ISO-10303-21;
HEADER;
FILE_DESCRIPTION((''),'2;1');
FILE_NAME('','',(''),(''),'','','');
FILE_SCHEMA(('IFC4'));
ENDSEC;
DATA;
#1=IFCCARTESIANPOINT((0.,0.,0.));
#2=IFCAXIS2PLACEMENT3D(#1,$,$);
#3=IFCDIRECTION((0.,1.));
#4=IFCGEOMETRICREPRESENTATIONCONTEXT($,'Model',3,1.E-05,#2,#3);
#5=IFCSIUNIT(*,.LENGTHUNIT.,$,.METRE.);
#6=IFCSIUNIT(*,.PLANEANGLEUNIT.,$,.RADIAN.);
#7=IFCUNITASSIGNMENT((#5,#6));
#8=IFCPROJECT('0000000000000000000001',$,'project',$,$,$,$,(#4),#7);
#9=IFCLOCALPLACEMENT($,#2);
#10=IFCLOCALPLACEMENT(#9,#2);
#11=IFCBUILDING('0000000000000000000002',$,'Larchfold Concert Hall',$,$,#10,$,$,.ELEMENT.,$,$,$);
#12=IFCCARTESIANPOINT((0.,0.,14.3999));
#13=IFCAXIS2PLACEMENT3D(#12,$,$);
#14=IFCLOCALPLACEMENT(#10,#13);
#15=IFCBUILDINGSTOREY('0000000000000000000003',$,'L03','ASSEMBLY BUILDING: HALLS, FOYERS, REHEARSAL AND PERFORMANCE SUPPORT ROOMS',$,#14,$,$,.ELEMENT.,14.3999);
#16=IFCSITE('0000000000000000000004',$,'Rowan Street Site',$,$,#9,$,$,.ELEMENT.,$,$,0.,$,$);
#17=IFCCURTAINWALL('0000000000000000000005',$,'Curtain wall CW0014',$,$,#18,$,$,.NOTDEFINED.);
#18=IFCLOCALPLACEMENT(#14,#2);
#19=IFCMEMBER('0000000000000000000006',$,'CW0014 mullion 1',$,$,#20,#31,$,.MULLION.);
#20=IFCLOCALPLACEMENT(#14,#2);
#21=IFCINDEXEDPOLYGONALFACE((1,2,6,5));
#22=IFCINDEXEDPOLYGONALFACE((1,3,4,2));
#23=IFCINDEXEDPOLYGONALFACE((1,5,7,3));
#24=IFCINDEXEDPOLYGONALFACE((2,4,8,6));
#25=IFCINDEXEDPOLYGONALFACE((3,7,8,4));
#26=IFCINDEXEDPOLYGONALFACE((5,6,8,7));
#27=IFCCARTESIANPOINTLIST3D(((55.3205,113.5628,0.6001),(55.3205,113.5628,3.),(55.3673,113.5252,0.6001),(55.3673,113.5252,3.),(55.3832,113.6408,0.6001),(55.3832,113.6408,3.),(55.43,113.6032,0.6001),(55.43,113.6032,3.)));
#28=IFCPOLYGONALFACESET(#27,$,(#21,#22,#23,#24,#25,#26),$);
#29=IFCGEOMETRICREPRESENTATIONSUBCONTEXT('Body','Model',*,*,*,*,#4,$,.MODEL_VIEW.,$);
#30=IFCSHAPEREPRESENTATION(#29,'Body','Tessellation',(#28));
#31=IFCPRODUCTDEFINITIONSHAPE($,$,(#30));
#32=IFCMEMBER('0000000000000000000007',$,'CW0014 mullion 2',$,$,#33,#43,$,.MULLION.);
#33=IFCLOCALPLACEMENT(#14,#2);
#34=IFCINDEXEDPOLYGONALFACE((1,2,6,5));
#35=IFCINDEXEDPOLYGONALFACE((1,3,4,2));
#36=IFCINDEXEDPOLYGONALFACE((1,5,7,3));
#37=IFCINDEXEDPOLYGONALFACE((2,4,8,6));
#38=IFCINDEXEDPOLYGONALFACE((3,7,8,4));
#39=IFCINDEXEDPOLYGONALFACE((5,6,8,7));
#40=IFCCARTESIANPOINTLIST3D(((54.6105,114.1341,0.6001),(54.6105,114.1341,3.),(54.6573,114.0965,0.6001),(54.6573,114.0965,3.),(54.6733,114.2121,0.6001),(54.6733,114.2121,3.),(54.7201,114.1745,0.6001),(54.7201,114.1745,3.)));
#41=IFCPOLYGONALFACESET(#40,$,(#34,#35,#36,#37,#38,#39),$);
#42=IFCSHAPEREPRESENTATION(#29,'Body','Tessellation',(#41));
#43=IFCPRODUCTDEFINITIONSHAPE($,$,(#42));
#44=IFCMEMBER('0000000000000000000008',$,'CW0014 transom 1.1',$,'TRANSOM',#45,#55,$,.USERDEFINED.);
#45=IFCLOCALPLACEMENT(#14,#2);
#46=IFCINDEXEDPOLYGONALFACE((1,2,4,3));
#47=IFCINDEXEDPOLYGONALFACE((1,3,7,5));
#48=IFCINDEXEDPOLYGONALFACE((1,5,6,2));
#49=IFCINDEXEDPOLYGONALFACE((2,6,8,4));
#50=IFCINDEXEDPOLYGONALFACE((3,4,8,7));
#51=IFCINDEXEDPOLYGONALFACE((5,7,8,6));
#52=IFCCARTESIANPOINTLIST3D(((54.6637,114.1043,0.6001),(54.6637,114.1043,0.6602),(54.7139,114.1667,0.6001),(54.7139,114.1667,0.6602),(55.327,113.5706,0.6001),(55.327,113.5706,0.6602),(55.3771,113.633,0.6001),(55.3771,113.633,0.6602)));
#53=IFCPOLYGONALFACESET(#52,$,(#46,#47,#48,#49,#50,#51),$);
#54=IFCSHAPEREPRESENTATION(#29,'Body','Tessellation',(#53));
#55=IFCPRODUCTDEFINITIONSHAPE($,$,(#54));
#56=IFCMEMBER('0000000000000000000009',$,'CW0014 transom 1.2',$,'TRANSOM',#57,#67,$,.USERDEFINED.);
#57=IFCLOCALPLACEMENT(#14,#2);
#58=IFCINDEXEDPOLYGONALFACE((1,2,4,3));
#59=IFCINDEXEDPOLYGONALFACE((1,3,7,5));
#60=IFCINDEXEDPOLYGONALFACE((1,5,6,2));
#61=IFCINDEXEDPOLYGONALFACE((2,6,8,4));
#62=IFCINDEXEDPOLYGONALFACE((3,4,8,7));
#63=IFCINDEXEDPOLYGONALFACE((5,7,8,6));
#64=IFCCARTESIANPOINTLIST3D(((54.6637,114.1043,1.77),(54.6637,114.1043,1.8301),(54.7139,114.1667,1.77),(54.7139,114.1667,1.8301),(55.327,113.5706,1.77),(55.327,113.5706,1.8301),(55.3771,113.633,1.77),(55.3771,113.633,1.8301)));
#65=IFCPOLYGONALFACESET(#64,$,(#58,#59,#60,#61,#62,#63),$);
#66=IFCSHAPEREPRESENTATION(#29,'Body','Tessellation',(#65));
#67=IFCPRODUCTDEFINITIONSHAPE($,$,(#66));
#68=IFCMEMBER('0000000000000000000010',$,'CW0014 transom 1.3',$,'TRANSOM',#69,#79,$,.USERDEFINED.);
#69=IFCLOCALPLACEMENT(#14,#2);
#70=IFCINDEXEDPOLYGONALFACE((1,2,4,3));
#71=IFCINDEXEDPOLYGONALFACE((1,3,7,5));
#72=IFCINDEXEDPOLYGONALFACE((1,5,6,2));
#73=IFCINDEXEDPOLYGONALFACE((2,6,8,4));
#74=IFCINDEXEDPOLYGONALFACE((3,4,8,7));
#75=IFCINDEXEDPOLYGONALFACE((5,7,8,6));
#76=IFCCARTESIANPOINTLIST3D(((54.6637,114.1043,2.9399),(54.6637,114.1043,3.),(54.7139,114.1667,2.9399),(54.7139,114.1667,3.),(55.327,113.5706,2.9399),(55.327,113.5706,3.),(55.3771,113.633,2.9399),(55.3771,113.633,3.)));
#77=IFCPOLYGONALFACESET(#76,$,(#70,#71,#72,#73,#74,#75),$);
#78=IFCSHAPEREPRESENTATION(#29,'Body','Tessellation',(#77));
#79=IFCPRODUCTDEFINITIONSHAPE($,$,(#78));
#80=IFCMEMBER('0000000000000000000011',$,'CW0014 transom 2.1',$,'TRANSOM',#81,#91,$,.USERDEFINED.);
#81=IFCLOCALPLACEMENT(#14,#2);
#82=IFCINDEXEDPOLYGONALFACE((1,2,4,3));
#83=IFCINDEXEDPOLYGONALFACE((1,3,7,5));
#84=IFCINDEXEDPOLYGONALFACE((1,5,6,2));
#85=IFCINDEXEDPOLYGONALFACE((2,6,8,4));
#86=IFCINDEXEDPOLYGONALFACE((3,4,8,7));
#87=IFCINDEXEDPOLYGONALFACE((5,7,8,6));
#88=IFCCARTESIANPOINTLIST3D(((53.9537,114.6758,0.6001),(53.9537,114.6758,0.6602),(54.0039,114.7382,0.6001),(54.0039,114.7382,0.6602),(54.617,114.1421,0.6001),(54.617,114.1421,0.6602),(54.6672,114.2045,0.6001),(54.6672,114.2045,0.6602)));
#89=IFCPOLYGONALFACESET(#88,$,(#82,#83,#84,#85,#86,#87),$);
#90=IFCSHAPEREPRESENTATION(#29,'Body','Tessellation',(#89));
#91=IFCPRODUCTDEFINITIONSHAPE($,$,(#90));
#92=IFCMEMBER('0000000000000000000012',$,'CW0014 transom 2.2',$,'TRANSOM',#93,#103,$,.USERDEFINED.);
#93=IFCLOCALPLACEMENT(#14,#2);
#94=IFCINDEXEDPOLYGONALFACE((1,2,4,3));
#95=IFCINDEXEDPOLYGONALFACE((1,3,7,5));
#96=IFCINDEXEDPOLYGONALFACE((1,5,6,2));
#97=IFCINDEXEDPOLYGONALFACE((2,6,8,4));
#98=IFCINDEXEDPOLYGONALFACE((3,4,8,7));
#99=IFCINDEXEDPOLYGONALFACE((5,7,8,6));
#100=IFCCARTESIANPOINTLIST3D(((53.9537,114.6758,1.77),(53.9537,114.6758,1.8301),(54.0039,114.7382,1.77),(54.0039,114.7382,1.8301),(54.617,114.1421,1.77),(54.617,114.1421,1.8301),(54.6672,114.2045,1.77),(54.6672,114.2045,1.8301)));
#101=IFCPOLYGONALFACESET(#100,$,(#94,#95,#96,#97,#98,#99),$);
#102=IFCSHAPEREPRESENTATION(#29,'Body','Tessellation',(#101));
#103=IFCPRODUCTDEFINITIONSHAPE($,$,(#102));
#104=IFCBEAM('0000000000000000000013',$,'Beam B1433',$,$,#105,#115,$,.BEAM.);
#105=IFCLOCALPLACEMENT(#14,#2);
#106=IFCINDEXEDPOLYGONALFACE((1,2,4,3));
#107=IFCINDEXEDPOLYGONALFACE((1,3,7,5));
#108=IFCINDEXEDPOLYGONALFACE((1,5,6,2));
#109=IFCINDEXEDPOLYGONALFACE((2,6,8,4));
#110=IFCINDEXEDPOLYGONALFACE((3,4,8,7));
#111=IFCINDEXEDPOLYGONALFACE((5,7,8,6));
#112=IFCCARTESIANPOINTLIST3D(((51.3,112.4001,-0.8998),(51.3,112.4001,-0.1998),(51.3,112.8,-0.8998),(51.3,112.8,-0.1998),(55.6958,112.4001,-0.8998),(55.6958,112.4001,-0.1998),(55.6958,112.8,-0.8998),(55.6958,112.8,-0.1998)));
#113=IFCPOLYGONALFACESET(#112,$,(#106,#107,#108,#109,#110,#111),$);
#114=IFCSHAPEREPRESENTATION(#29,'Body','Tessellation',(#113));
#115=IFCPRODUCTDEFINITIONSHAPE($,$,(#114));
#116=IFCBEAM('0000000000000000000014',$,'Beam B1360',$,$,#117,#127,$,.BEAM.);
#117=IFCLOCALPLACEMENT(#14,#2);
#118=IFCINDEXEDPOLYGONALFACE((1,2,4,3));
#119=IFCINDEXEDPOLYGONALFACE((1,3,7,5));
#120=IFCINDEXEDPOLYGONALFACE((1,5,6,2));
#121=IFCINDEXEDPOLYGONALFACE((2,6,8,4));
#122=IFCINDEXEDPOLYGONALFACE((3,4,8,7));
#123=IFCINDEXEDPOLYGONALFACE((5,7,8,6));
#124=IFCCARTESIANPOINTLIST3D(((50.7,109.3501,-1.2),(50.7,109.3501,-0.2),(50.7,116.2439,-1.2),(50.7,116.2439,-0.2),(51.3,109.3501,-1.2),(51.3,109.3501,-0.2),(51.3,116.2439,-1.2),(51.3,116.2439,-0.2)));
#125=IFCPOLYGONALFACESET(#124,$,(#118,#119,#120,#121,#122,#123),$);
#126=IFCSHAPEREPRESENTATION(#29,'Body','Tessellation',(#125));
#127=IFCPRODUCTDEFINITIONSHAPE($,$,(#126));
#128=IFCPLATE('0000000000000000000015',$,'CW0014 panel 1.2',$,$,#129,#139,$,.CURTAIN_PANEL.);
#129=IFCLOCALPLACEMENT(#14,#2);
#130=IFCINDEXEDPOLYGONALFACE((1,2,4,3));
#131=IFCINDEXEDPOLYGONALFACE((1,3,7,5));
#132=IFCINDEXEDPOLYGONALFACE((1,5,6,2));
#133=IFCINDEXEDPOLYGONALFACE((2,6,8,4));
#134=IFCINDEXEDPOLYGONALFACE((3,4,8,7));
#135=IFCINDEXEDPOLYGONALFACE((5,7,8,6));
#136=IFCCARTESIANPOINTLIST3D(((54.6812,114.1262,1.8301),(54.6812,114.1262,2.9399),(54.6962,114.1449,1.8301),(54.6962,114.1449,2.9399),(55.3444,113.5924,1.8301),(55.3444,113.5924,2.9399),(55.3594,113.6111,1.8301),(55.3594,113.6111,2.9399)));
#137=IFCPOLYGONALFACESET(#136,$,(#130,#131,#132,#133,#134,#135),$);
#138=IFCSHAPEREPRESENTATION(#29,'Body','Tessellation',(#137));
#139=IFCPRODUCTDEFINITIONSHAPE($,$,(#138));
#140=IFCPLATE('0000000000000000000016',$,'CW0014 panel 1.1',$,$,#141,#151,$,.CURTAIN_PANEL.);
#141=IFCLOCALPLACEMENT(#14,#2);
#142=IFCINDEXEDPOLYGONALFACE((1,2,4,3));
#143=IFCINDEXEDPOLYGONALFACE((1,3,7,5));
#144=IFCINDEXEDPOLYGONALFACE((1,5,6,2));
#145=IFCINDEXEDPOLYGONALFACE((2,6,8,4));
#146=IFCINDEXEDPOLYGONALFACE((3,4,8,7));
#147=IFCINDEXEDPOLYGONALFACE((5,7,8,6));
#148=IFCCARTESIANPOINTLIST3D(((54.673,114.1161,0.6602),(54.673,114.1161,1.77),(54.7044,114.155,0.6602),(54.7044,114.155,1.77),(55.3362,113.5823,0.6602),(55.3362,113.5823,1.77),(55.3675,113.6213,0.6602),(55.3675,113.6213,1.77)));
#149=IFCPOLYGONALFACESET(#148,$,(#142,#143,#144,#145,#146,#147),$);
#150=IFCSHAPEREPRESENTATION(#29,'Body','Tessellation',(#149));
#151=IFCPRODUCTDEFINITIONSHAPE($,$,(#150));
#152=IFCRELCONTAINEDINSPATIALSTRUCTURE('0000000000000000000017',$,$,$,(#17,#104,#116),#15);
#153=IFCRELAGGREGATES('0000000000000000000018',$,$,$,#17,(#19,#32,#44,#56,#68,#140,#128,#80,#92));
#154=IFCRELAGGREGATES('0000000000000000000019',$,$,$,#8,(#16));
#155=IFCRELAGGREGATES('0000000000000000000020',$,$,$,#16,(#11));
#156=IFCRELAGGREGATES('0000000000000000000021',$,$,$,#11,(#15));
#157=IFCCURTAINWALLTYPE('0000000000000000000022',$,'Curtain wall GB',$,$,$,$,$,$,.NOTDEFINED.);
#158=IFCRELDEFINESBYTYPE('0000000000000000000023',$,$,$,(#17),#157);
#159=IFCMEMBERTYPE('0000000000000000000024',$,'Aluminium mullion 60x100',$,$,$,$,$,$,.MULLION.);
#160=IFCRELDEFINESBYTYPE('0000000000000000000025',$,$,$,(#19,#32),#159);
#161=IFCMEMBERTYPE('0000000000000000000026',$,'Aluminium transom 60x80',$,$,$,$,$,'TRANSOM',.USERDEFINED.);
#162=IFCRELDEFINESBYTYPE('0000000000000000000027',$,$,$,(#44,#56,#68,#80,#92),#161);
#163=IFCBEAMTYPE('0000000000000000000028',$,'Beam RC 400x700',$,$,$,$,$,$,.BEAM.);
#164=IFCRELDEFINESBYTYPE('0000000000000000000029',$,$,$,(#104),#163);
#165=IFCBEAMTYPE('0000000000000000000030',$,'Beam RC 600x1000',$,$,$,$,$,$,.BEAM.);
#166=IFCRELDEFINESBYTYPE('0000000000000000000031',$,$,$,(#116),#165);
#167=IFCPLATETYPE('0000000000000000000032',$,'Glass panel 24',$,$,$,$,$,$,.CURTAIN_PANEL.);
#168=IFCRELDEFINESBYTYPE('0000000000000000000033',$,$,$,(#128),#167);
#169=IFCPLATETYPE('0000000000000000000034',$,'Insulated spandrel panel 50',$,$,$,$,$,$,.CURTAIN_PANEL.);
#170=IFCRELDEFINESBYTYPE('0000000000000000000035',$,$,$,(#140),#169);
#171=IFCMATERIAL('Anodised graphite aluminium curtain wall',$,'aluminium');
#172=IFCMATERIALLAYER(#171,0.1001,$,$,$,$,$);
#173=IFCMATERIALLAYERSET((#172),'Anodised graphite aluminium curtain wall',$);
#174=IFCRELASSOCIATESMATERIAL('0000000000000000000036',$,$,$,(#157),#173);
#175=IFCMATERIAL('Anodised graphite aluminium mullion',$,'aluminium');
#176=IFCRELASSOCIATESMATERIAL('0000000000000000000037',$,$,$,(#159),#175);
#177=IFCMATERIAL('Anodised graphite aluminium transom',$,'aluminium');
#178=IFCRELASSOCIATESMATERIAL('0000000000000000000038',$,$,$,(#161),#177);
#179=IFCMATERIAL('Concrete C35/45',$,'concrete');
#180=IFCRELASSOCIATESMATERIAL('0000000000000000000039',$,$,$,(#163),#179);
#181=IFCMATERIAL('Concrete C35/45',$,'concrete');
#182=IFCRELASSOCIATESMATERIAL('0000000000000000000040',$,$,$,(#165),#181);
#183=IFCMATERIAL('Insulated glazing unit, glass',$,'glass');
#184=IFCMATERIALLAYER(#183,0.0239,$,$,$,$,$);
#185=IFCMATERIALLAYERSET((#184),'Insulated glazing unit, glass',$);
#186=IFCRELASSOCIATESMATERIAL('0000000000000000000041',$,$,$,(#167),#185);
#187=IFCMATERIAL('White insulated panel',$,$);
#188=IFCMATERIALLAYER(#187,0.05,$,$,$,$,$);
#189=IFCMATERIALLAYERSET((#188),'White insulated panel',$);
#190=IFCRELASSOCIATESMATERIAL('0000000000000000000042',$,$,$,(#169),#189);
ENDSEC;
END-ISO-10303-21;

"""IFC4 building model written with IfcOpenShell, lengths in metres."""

from ifc_helpers import new_model, si_unit, direction, frame, origin, origin_2d, place, context, subcontext, project, spatial, rectangle, extrude, material, layer, layer_set, material_profile, profile_set, type_object, element, aggregate, save


model = new_model("IFC4")

# Units and contexts
model_context = context("Model", 3, precision=1e-05, world=origin(), true_north=direction((0.0, 1.0)))
body_context = subcontext(model_context, "Body", "Model", "MODEL_VIEW")
ifc_project = project(units=[si_unit("LENGTHUNIT", "METRE"), si_unit("PLANEANGLEUNIT", "RADIAN")], contexts=[model_context])

# Site, building, storey
site_placement = place(None, origin())
site = spatial("IfcSite", under=ifc_project, at=site_placement, Name="Rowan Street Site", CompositionType="ELEMENT", RefElevation=0.0)
building_placement = place(site_placement, origin())
building = spatial("IfcBuilding", under=site, at=building_placement, Name="Larchfold Concert Hall", CompositionType="ELEMENT")
storey_placement = place(building_placement, frame((0.0, 0.0, 14.3999)))
storey = spatial("IfcBuildingStorey", under=building, at=storey_placement, Name="L03", Description="ASSEMBLY BUILDING: HALLS, FOYERS, REHEARSAL AND PERFORMANCE SUPPORT ROOMS", CompositionType="ELEMENT", Elevation=14.3999)

# Curtain wall, members
ifc_material_1 = material(Name="Anodised graphite aluminium curtain wall", Category="aluminium")
ifc_layer_1 = layer(ifc_material_1, 0.1001)
ifc_layer_set_1 = layer_set([ifc_layer_1], Name="Anodised graphite aluminium curtain wall")
curtain_wall_type = type_object("IfcCurtainWallType", Name="Curtain wall GB", PredefinedType="NOTDEFINED", material=ifc_layer_set_1)
curtain_wall_placement = place(storey_placement, origin())
curtain_wall = element("IfcCurtainWall", 1, at=curtain_wall_placement, inside=storey, type_object=curtain_wall_type, Name="Curtain wall CW0014", PredefinedType="NOTDEFINED")
ifc_material_2 = material(Name="Anodised graphite aluminium mullion", Category="aluminium")
ifc_material_profile_1 = material_profile(ifc_material_2, rectangle(XDim=0.1001, YDim=0.0601, at=origin_2d()))
ifc_profile_set_1 = profile_set([ifc_material_profile_1], Name="Anodised graphite aluminium mullion")
member_type_1 = type_object("IfcMemberType", Name="Aluminium mullion 60x100", PredefinedType="MULLION", material=ifc_profile_set_1)
member_1_placement = place(storey_placement, frame((55.3752, 113.583, 0.6001), z_axis=(0.0, 0.0, 1.0), x_axis=(-0.627017, -0.779006, 0.0)))
member_1 = element("IfcMember", 2, at=member_1_placement, type_object=member_type_1, Name="CW0014 mullion 1", PredefinedType="MULLION", context=body_context, shape_type="SweptSolid", body=[
    extrude(rectangle(XDim=0.1001, YDim=0.0601, at=origin_2d()), origin(), (0.0, 0.0, 1.0), 2.3999),
])
member_2_placement = place(storey_placement, frame((54.6653, 114.1543, 0.6001), z_axis=(0.0, 0.0, 1.0), x_axis=(-0.627017, -0.779006, 0.0)))
member_2 = element("IfcMember", 3, at=member_2_placement, type_object=member_type_1, Name="CW0014 mullion 2", PredefinedType="MULLION", context=body_context, shape_type="SweptSolid", body=[
    extrude(rectangle(XDim=0.1001, YDim=0.0601, at=origin_2d()), origin(), (0.0, 0.0, 1.0), 2.3999),
])
ifc_material_3 = material(Name="Anodised graphite aluminium transom", Category="aluminium")
ifc_material_profile_2 = material_profile(ifc_material_3, rectangle(XDim=0.0801, YDim=0.0601, at=origin_2d()))
ifc_profile_set_2 = profile_set([ifc_material_profile_2], Name="Anodised graphite aluminium transom")
member_type_2 = type_object("IfcMemberType", Name="Aluminium transom 60x80", ElementType="TRANSOM", PredefinedType="USERDEFINED", material=ifc_profile_set_2)
member_3_placement = place(storey_placement, frame((55.3521, 113.6018, 0.6301), z_axis=(-0.779131, 0.626861, 0.0), x_axis=(-0.626861, -0.779131, 0.0)))
member_3 = element("IfcMember", 4, at=member_3_placement, type_object=member_type_2, Name="CW0014 transom 1.1", ObjectType="TRANSOM", PredefinedType="USERDEFINED", context=body_context, shape_type="SweptSolid", body=[
    extrude(rectangle(XDim=0.0801, YDim=0.0601, at=origin_2d()), origin(), (0.0, 0.0, 1.0), 0.8513),
])
member_4_placement = place(storey_placement, frame((55.3521, 113.6018, 1.8), z_axis=(-0.779131, 0.626861, 0.0), x_axis=(-0.626861, -0.779131, 0.0)))
member_4 = element("IfcMember", 5, at=member_4_placement, type_object=member_type_2, Name="CW0014 transom 1.2", ObjectType="TRANSOM", PredefinedType="USERDEFINED", context=body_context, shape_type="SweptSolid", body=[
    extrude(rectangle(XDim=0.0801, YDim=0.0601, at=origin_2d()), origin(), (0.0, 0.0, 1.0), 0.8513),
])
member_5_placement = place(storey_placement, frame((55.3521, 113.6018, 2.97), z_axis=(-0.779131, 0.626861, 0.0), x_axis=(-0.626861, -0.779131, 0.0)))
member_5 = element("IfcMember", 6, at=member_5_placement, type_object=member_type_2, Name="CW0014 transom 1.3", ObjectType="TRANSOM", PredefinedType="USERDEFINED", context=body_context, shape_type="SweptSolid", body=[
    extrude(rectangle(XDim=0.0801, YDim=0.0601, at=origin_2d()), origin(), (0.0, 0.0, 1.0), 0.8513),
])
member_6_placement = place(storey_placement, frame((54.6421, 114.1733, 0.6301), z_axis=(-0.779131, 0.626861, 0.0), x_axis=(-0.626861, -0.779131, 0.0)))
member_6 = element("IfcMember", 7, at=member_6_placement, type_object=member_type_2, Name="CW0014 transom 2.1", ObjectType="TRANSOM", PredefinedType="USERDEFINED", context=body_context, shape_type="SweptSolid", body=[
    extrude(rectangle(XDim=0.0801, YDim=0.0601, at=origin_2d()), origin(), (0.0, 0.0, 1.0), 0.8513),
])
member_7_placement = place(storey_placement, frame((54.6421, 114.1733, 1.8), z_axis=(-0.779131, 0.626861, 0.0), x_axis=(-0.626861, -0.779131, 0.0)))
member_7 = element("IfcMember", 8, at=member_7_placement, type_object=member_type_2, Name="CW0014 transom 2.2", ObjectType="TRANSOM", PredefinedType="USERDEFINED", context=body_context, shape_type="SweptSolid", body=[
    extrude(rectangle(XDim=0.0801, YDim=0.0601, at=origin_2d()), origin(), (0.0, 0.0, 1.0), 0.8513),
])

# Beams
ifc_material_4 = material(Name="Concrete C35/45", Category="concrete")
ifc_material_profile_3 = material_profile(ifc_material_4, rectangle(XDim=0.3999, YDim=0.7, at=origin_2d()))
ifc_profile_set_3 = profile_set([ifc_material_profile_3], Name="Concrete C35/45")
beam_type_1 = type_object("IfcBeamType", Name="Beam RC 400x700", PredefinedType="BEAM", material=ifc_profile_set_3)
beam_1_placement = place(storey_placement, frame((51.3, 112.6001, -0.5498), z_axis=(1.0, 0.0, 0.0), x_axis=(0.0, 1.0, 0.0)))
element("IfcBeam", 9, at=beam_1_placement, inside=storey, type_object=beam_type_1, Name="Beam B1433", PredefinedType="BEAM", context=body_context, shape_type="SweptSolid", body=[
    extrude(rectangle(XDim=0.3999, YDim=0.7, at=origin_2d()), origin(), (0.0, 0.0, 1.0), 4.3958),
])
ifc_material_5 = material(Name="Concrete C35/45", Category="concrete")
ifc_material_profile_4 = material_profile(ifc_material_5, rectangle(XDim=0.6001, YDim=1.0, at=origin_2d()))
ifc_profile_set_4 = profile_set([ifc_material_profile_4], Name="Concrete C35/45")
beam_type_2 = type_object("IfcBeamType", Name="Beam RC 600x1000", PredefinedType="BEAM", material=ifc_profile_set_4)
beam_2_placement = place(storey_placement, frame((51.0, 109.3501, -0.7), z_axis=(0.0, 1.0, 0.0), x_axis=(-1.0, 0.0, 0.0)))
element("IfcBeam", 10, at=beam_2_placement, inside=storey, type_object=beam_type_2, Name="Beam B1360", PredefinedType="BEAM", context=body_context, shape_type="SweptSolid", body=[
    extrude(rectangle(XDim=0.6001, YDim=1.0, at=origin_2d()), origin(), (0.0, 0.0, 1.0), 6.8938),
])

# Plates
ifc_material_6 = material(Name="Insulated glazing unit, glass", Category="glass")
ifc_layer_2 = layer(ifc_material_6, 0.0239)
ifc_layer_set_2 = layer_set([ifc_layer_2], Name="Insulated glazing unit, glass")
plate_type_1 = type_object("IfcPlateType", Name="Glass panel 24", PredefinedType="CURTAIN_PANEL", material=ifc_layer_set_2)
plate_1_placement = place(storey_placement, frame((55.0203, 113.8687, 1.8301), z_axis=(0.0, 0.0, 1.0), x_axis=(-0.779006, 0.627017, 0.0)))
plate_1 = element("IfcPlate", 11, at=plate_1_placement, type_object=plate_type_1, Name="CW0014 panel 1.2", PredefinedType="CURTAIN_PANEL", context=body_context, shape_type="SweptSolid", body=[
    extrude(rectangle(XDim=0.8513, YDim=0.0239, at=origin_2d()), origin(), (0.0, 0.0, 1.0), 1.1099),
])
ifc_material_7 = material(Name="White insulated panel")
ifc_layer_3 = layer(ifc_material_7, 0.05)
ifc_layer_set_3 = layer_set([ifc_layer_3], Name="White insulated panel")
plate_type_2 = type_object("IfcPlateType", Name="Insulated spandrel panel 50", PredefinedType="CURTAIN_PANEL", material=ifc_layer_set_3)
plate_2_placement = place(storey_placement, frame((55.0203, 113.8687, 0.6602), z_axis=(0.0, 0.0, 1.0), x_axis=(-0.779006, 0.627017, 0.0)))
plate_2 = element("IfcPlate", 12, at=plate_2_placement, type_object=plate_type_2, Name="CW0014 panel 1.1", PredefinedType="CURTAIN_PANEL", context=body_context, shape_type="SweptSolid", body=[
    extrude(rectangle(XDim=0.8513, YDim=0.05, at=origin_2d()), origin(), (0.0, 0.0, 1.0), 1.1099),
])
aggregate(curtain_wall, [member_1, member_2, member_3, member_4, member_5, plate_2, plate_1, member_6, member_7])

save(model, "model.ifc")
